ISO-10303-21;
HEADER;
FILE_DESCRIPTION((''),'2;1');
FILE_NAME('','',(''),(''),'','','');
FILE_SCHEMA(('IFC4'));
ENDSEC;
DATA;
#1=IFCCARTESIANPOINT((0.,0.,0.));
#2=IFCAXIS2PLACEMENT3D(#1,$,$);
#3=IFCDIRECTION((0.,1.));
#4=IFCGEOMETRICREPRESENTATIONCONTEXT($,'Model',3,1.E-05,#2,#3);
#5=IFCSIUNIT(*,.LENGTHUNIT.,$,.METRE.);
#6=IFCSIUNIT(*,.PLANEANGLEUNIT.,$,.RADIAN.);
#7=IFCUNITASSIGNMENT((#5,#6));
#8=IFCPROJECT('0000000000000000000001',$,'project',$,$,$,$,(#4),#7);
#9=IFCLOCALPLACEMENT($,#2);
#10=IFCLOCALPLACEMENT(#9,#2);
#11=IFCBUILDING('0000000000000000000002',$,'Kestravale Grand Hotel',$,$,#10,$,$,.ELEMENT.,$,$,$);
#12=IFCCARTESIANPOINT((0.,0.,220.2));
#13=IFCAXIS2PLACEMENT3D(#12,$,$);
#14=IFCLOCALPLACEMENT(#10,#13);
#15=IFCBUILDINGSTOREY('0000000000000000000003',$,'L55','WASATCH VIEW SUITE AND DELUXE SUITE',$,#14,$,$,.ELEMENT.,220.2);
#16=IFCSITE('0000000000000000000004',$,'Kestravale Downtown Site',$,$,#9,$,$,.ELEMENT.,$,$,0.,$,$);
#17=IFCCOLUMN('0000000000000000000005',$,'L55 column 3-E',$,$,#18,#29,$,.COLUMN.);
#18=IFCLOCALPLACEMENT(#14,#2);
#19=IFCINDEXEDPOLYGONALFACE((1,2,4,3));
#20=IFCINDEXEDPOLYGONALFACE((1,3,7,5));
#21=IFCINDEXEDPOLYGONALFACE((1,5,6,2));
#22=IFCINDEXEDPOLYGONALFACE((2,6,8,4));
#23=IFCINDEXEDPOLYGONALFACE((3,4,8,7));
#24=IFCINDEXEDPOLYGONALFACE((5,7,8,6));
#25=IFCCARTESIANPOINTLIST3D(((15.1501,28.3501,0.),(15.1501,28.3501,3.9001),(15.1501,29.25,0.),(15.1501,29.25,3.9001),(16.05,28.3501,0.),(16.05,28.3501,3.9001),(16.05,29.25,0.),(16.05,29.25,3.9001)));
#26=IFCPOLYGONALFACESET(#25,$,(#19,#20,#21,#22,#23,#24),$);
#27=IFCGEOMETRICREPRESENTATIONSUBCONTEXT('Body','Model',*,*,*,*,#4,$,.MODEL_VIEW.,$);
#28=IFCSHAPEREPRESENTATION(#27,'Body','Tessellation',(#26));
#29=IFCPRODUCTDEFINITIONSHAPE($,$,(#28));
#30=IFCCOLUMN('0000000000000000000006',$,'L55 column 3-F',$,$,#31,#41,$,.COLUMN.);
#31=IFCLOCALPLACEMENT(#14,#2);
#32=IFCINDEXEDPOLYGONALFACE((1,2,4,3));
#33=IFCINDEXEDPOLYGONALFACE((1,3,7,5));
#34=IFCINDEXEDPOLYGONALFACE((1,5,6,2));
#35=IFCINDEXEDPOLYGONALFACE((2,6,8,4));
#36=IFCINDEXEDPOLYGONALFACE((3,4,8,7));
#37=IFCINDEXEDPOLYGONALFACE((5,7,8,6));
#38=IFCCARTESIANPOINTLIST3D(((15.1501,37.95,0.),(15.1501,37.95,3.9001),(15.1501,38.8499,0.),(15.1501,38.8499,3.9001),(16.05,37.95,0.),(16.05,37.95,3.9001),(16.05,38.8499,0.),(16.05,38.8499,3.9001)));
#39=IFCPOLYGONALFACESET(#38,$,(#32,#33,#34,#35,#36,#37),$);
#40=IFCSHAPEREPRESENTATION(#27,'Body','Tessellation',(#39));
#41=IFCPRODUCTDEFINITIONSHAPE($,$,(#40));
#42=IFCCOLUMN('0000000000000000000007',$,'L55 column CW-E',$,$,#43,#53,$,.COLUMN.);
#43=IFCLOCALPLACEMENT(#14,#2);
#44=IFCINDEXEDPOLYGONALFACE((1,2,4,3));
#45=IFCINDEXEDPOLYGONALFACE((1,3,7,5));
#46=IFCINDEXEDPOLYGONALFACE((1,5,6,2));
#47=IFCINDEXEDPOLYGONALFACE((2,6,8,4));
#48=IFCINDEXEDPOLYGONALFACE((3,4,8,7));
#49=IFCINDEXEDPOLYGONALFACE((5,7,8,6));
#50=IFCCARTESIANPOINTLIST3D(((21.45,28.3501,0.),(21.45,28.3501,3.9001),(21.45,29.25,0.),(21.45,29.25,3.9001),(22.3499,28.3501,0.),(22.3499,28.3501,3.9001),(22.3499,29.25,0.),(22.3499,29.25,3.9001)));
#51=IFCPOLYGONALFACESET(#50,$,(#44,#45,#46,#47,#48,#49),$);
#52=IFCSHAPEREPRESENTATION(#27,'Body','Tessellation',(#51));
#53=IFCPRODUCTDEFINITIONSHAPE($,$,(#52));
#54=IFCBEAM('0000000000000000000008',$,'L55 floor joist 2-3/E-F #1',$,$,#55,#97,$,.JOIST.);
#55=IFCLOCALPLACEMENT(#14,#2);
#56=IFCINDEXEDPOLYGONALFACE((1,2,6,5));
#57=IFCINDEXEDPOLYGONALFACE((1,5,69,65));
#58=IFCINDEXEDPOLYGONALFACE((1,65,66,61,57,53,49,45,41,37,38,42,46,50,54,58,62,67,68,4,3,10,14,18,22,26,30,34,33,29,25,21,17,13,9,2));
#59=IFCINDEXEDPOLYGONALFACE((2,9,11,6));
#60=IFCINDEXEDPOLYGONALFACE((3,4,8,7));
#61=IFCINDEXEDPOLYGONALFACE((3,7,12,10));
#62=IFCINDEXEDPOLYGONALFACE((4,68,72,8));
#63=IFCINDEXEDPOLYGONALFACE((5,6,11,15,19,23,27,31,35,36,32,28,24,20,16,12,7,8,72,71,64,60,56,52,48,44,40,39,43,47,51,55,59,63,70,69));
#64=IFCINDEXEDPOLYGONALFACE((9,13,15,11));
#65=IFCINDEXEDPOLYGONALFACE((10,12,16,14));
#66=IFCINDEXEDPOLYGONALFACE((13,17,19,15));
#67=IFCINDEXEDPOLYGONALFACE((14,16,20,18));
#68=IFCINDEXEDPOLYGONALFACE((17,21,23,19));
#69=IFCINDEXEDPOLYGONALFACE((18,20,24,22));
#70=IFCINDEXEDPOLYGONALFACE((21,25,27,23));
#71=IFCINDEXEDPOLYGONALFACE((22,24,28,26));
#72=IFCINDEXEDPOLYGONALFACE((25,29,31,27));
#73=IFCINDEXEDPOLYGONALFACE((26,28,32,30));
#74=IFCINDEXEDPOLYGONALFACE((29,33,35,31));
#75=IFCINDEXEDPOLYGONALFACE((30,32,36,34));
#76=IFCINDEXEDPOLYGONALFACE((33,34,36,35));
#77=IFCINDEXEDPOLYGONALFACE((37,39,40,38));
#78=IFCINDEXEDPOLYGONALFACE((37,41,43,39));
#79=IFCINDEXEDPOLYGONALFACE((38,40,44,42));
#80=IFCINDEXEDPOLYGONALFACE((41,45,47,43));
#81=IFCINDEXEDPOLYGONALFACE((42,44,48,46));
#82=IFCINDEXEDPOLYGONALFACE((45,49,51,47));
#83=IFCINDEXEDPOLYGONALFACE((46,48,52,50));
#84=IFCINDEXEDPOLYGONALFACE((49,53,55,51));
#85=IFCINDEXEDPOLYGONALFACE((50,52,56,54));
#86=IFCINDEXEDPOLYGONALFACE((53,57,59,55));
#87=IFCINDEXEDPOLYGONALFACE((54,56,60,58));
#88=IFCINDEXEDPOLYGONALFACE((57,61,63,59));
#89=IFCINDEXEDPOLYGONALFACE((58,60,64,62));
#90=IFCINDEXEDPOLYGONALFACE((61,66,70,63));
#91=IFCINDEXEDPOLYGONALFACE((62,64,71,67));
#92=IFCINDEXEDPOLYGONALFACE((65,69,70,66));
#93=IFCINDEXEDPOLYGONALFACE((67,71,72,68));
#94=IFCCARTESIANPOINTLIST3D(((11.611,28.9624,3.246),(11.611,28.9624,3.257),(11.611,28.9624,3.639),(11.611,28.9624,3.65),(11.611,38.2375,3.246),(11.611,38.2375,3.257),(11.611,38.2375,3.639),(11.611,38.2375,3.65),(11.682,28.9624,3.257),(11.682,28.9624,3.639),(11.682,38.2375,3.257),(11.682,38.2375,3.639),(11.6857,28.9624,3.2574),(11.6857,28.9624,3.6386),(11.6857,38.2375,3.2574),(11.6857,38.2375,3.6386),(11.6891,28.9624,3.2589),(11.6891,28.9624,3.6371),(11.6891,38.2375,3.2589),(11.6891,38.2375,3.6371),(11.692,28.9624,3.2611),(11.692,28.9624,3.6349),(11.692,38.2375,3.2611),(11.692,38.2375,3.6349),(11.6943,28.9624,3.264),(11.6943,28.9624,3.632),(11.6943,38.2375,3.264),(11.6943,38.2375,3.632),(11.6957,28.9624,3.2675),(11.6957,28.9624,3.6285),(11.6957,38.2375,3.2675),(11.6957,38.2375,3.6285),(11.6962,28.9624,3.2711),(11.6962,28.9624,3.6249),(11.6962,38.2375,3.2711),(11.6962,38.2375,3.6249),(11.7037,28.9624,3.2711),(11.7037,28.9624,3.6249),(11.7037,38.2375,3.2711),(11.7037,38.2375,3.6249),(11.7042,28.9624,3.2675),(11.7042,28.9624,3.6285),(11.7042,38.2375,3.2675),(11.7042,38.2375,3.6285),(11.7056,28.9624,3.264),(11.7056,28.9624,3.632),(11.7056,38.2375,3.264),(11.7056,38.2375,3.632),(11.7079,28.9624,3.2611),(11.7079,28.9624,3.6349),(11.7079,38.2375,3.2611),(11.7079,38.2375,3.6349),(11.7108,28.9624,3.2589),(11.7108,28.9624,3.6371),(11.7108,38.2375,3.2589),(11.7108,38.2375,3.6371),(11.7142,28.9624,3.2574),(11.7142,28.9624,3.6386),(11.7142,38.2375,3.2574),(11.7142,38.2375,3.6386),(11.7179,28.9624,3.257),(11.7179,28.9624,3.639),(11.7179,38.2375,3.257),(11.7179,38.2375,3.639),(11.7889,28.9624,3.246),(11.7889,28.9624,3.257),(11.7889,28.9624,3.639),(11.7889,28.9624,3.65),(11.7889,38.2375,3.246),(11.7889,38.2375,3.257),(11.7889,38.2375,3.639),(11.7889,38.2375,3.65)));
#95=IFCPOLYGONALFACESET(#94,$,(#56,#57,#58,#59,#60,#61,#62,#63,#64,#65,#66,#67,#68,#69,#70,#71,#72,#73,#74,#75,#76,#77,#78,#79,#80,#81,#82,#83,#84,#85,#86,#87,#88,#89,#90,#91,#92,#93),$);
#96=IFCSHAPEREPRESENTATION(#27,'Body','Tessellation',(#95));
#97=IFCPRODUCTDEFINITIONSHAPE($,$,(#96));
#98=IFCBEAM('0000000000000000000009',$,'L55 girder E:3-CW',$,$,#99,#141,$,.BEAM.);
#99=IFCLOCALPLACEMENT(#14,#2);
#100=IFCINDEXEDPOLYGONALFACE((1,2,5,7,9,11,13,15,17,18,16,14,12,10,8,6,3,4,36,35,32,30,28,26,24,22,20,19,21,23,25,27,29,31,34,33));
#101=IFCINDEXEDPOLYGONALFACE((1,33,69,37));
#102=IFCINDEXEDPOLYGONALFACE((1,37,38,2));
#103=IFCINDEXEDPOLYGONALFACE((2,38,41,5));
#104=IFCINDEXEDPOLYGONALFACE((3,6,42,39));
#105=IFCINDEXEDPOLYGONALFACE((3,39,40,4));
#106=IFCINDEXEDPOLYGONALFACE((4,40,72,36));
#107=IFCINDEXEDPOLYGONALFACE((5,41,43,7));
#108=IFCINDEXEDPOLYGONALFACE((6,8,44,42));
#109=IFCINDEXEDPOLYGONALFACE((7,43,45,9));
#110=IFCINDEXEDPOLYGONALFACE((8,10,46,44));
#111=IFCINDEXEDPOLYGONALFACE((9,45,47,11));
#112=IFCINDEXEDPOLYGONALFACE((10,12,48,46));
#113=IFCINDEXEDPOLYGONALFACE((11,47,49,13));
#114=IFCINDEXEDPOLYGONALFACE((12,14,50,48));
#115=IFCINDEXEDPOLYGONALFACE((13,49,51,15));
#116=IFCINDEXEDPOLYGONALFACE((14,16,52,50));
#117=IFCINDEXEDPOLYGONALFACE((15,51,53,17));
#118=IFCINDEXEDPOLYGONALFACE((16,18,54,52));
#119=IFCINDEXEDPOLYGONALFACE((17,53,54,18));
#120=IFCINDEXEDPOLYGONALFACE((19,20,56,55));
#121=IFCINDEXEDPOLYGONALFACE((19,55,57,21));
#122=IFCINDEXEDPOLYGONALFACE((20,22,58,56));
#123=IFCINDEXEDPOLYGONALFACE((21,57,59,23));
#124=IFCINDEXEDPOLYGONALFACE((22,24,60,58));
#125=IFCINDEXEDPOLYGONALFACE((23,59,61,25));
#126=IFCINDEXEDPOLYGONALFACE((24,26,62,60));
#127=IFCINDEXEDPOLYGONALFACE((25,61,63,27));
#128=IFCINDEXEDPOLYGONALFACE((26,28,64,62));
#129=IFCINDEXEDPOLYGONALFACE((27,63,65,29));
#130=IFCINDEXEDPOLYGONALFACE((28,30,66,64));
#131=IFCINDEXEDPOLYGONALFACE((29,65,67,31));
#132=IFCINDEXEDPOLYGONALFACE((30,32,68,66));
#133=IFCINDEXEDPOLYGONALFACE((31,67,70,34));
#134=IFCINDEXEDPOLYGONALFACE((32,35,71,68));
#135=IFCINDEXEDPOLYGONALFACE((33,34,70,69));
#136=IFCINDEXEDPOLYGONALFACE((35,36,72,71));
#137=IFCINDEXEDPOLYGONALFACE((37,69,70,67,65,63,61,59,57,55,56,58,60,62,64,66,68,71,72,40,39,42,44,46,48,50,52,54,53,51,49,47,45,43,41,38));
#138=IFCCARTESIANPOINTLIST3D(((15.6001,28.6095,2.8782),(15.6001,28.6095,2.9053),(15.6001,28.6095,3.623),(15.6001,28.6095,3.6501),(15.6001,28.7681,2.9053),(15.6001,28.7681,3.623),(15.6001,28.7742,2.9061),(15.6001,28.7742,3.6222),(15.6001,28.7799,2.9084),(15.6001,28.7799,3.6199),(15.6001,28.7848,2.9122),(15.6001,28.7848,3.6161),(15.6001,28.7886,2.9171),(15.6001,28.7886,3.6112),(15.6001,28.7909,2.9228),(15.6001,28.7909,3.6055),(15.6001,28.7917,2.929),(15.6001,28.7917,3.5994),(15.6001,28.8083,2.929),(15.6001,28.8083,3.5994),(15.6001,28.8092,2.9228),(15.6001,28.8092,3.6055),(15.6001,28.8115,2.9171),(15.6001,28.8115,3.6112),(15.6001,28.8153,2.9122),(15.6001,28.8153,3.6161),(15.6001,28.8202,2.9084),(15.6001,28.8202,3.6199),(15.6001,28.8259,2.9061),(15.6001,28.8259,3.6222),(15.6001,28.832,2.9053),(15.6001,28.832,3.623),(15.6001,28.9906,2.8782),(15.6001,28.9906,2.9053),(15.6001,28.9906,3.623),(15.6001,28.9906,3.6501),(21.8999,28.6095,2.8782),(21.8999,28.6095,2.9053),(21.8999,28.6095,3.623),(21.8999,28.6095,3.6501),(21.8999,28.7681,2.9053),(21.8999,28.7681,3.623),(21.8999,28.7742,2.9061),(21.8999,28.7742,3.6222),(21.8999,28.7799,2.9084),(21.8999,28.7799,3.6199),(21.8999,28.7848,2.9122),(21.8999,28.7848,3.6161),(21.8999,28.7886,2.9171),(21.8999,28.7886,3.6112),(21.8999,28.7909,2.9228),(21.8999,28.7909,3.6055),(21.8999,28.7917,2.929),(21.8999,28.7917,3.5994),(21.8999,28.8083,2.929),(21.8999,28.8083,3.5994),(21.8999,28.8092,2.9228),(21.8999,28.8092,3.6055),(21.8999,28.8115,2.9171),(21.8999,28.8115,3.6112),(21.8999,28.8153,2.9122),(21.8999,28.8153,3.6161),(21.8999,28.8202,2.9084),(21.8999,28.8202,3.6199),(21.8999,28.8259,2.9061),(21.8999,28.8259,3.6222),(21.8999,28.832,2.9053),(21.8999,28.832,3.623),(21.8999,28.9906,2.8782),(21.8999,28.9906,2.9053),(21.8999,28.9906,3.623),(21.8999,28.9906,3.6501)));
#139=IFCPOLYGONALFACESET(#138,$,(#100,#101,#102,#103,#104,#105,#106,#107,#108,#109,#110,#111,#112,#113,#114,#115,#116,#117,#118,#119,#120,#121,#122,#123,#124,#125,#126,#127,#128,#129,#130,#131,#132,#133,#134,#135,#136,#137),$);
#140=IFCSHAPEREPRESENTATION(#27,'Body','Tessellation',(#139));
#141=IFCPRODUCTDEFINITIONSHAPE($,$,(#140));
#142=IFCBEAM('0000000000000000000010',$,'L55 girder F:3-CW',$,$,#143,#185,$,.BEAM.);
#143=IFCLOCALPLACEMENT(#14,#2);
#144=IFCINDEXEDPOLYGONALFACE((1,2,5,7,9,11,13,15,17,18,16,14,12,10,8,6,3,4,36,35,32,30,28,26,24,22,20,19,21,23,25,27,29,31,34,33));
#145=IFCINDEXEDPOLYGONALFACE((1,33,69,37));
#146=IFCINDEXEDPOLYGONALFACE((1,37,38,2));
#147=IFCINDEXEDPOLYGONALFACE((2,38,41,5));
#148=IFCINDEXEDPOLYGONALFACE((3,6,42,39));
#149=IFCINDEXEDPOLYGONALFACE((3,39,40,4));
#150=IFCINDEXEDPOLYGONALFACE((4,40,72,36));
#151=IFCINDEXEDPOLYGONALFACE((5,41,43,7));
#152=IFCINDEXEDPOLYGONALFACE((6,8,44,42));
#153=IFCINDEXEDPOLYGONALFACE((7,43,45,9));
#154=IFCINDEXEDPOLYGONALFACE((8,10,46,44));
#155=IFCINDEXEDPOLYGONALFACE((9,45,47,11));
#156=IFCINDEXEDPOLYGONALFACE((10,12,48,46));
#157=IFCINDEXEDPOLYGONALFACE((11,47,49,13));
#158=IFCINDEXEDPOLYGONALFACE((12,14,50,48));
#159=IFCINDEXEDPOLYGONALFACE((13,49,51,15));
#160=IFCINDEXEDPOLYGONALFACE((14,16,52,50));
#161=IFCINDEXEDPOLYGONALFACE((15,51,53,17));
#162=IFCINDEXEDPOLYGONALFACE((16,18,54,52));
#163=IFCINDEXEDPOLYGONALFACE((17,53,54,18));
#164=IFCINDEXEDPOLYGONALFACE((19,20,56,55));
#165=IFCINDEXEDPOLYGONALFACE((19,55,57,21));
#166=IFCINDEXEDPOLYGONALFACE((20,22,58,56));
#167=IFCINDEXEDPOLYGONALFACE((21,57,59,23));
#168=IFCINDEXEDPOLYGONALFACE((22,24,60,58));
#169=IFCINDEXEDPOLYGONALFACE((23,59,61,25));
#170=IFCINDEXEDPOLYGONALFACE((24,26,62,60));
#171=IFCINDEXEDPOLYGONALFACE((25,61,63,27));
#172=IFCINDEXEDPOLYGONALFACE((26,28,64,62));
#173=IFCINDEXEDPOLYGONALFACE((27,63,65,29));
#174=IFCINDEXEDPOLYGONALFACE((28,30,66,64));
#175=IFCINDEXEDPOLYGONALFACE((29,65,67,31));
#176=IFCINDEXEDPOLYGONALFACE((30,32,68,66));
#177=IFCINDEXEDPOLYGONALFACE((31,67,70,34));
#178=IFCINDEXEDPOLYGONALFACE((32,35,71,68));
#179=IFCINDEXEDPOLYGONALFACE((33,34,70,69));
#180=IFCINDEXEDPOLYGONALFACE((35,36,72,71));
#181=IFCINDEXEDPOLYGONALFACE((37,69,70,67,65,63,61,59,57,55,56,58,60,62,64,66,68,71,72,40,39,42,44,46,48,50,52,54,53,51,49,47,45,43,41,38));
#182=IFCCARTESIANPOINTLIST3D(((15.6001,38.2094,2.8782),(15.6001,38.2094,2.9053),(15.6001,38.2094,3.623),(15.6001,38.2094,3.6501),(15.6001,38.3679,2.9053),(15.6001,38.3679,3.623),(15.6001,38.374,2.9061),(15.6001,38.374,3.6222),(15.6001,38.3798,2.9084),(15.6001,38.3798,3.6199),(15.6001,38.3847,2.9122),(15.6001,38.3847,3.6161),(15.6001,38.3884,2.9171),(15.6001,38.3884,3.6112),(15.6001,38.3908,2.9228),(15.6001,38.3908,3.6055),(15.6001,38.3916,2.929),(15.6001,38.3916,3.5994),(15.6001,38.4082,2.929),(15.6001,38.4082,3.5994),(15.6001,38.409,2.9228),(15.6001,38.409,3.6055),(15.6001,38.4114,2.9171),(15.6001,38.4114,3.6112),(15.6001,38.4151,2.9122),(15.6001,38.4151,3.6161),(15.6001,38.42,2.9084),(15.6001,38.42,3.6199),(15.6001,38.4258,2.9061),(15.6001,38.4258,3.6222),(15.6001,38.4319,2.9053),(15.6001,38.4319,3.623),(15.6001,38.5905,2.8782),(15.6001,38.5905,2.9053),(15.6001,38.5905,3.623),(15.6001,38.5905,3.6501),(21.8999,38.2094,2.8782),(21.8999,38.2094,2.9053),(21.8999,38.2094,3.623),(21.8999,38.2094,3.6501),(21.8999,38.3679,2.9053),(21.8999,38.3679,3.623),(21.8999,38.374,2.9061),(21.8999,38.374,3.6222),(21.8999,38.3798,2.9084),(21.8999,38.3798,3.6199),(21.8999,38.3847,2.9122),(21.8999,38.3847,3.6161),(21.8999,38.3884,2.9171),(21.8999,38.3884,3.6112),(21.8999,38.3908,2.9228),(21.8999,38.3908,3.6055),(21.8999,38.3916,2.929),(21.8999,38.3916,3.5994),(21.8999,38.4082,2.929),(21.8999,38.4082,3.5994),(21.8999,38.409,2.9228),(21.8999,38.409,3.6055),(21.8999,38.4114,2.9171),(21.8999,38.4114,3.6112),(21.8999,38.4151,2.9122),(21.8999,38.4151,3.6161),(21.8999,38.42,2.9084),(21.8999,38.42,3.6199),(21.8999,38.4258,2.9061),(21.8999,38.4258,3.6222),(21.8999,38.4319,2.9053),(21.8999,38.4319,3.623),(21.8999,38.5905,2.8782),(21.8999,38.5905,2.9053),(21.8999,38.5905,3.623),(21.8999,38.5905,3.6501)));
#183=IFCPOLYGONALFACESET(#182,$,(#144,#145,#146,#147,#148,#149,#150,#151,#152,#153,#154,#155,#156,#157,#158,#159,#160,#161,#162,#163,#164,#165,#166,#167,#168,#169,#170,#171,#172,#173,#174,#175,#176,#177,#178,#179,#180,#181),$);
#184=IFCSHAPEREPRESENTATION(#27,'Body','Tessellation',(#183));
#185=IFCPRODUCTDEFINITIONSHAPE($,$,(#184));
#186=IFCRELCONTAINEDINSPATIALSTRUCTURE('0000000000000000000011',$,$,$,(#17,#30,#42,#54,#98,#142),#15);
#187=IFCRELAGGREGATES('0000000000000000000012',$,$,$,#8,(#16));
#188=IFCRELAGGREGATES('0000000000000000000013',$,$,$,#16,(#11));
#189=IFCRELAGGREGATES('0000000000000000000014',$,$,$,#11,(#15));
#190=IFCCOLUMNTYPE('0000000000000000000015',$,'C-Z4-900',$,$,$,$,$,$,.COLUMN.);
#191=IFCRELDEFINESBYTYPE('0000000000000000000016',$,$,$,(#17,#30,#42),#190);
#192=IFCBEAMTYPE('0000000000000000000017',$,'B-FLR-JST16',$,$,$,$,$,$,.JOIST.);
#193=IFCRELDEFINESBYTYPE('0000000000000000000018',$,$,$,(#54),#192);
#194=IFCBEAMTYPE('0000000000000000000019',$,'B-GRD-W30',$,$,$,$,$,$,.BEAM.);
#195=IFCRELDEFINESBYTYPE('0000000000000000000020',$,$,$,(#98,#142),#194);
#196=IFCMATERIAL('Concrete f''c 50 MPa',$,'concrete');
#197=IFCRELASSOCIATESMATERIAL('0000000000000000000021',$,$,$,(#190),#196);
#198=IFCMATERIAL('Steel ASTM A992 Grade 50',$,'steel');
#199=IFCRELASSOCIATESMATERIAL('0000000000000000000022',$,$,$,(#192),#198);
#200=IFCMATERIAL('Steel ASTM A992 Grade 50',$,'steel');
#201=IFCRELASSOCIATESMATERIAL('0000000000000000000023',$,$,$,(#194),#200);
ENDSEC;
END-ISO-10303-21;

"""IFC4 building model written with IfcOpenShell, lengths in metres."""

from ifc_helpers import new_model, si_unit, direction, frame, origin, origin_2d, place, context, subcontext, project, spatial, rectangle, i_section, extrude, material, material_profile, profile_set, type_object, element, save


model = new_model("IFC4")

# Units and contexts
model_context = context("Model", 3, precision=1e-05, world=origin(), true_north=direction((0.0, 1.0)))
body_context = subcontext(model_context, "Body", "Model", "MODEL_VIEW")
ifc_project = project(units=[si_unit("LENGTHUNIT", "METRE"), si_unit("PLANEANGLEUNIT", "RADIAN")], contexts=[model_context])

# Site, building, storey
site_placement = place(None, origin())
site = spatial("IfcSite", under=ifc_project, at=site_placement, Name="Kestravale Downtown Site", CompositionType="ELEMENT", RefElevation=0.0)
building_placement = place(site_placement, origin())
building = spatial("IfcBuilding", under=site, at=building_placement, Name="Kestravale Grand Hotel", CompositionType="ELEMENT")
storey_placement = place(building_placement, frame((0.0, 0.0, 220.2)))
storey = spatial("IfcBuildingStorey", under=building, at=storey_placement, Name="L55", Description="WASATCH VIEW SUITE AND DELUXE SUITE", CompositionType="ELEMENT", Elevation=220.2)

# Columns
ifc_material_1 = material(Name="Concrete f'c 50 MPa", Category="concrete")
ifc_material_profile_1 = material_profile(ifc_material_1, rectangle(XDim=0.8999, YDim=0.8999, at=origin_2d()))
ifc_profile_set_1 = profile_set([ifc_material_profile_1], Name="Concrete f'c 50 MPa")
column_type = type_object("IfcColumnType", Name="C-Z4-900", PredefinedType="COLUMN", material=ifc_profile_set_1)
for number, where, z_axis, x_axis, name in (
    (1, (15.6001, 28.8, 0.0), (0.0, 0.0, 1.0), (1.0, 0.0, 0.0), "L55 column 3-E"),
    (2, (15.6001, 38.3999, 0.0), (0.0, 0.0, 1.0), (1.0, 0.0, 0.0), "L55 column 3-F"),
    (3, (21.8999, 28.8, 0.0), (0.0, 0.0, 1.0), (1.0, 0.0, 0.0), "L55 column CW-E"),
):
    element("IfcColumn", number, at=place(storey_placement, frame(where, z_axis=z_axis, x_axis=x_axis)), inside=storey, type_object=column_type, Name=name, PredefinedType="COLUMN", context=body_context, shape_type="SweptSolid", body=[
        extrude(rectangle(XDim=0.8999, YDim=0.8999, at=origin_2d()), origin(), (0.0, 0.0, 1.0), 3.9001),
    ])

# Beams
ifc_material_2 = material(Name="Steel ASTM A992 Grade 50", Category="steel")
ifc_material_profile_2 = material_profile(ifc_material_2, i_section(OverallWidth=0.178, OverallDepth=0.4041, WebThickness=0.0076, FlangeThickness=0.011, FilletRadius=0.0142, at=origin_2d()))
ifc_profile_set_2 = profile_set([ifc_material_profile_2], Name="Steel ASTM A992 Grade 50")
beam_type_1 = type_object("IfcBeamType", Name="B-FLR-JST16", PredefinedType="JOIST", material=ifc_profile_set_2)
beam_1_placement = place(storey_placement, frame((11.7, 28.9624, 3.448), z_axis=(0.0, 1.0, 0.0), x_axis=(-1.0, 0.0, 0.0)))
element("IfcBeam", 4, at=beam_1_placement, inside=storey, type_object=beam_type_1, Name="L55 floor joist 2-3/E-F #1", PredefinedType="JOIST", context=body_context, shape_type="SweptSolid", body=[
    extrude(i_section(OverallWidth=0.178, OverallDepth=0.4041, WebThickness=0.0076, FlangeThickness=0.011, FilletRadius=0.0142, at=origin_2d()), origin(), (0.0, 0.0, 1.0), 9.2751),
])
ifc_material_3 = material(Name="Steel ASTM A992 Grade 50", Category="steel")
ifc_material_profile_3 = material_profile(ifc_material_3, i_section(OverallWidth=0.3811, OverallDepth=0.772, WebThickness=0.0166, FlangeThickness=0.0271, FilletRadius=0.0237, at=origin_2d()))
ifc_profile_set_3 = profile_set([ifc_material_profile_3], Name="Steel ASTM A992 Grade 50")
beam_type_2 = type_object("IfcBeamType", Name="B-GRD-W30", PredefinedType="BEAM", material=ifc_profile_set_3)
for number, where, z_axis, x_axis, name in (
    (5, (15.6001, 28.8, 3.2642), (1.0, 0.0, 0.0), (0.0, 1.0, 0.0), "L55 girder E:3-CW"),
    (6, (15.6001, 38.3999, 3.2642), (1.0, 0.0, 0.0), (0.0, 1.0, 0.0), "L55 girder F:3-CW"),
):
    element("IfcBeam", number, at=place(storey_placement, frame(where, z_axis=z_axis, x_axis=x_axis)), inside=storey, type_object=beam_type_2, Name=name, PredefinedType="BEAM", context=body_context, shape_type="SweptSolid", body=[
        extrude(i_section(OverallWidth=0.3811, OverallDepth=0.772, WebThickness=0.0166, FlangeThickness=0.0271, FilletRadius=0.0237, at=origin_2d()), origin(), (0.0, 0.0, 1.0), 6.2998),
    ])

save(model, "model.ifc")
